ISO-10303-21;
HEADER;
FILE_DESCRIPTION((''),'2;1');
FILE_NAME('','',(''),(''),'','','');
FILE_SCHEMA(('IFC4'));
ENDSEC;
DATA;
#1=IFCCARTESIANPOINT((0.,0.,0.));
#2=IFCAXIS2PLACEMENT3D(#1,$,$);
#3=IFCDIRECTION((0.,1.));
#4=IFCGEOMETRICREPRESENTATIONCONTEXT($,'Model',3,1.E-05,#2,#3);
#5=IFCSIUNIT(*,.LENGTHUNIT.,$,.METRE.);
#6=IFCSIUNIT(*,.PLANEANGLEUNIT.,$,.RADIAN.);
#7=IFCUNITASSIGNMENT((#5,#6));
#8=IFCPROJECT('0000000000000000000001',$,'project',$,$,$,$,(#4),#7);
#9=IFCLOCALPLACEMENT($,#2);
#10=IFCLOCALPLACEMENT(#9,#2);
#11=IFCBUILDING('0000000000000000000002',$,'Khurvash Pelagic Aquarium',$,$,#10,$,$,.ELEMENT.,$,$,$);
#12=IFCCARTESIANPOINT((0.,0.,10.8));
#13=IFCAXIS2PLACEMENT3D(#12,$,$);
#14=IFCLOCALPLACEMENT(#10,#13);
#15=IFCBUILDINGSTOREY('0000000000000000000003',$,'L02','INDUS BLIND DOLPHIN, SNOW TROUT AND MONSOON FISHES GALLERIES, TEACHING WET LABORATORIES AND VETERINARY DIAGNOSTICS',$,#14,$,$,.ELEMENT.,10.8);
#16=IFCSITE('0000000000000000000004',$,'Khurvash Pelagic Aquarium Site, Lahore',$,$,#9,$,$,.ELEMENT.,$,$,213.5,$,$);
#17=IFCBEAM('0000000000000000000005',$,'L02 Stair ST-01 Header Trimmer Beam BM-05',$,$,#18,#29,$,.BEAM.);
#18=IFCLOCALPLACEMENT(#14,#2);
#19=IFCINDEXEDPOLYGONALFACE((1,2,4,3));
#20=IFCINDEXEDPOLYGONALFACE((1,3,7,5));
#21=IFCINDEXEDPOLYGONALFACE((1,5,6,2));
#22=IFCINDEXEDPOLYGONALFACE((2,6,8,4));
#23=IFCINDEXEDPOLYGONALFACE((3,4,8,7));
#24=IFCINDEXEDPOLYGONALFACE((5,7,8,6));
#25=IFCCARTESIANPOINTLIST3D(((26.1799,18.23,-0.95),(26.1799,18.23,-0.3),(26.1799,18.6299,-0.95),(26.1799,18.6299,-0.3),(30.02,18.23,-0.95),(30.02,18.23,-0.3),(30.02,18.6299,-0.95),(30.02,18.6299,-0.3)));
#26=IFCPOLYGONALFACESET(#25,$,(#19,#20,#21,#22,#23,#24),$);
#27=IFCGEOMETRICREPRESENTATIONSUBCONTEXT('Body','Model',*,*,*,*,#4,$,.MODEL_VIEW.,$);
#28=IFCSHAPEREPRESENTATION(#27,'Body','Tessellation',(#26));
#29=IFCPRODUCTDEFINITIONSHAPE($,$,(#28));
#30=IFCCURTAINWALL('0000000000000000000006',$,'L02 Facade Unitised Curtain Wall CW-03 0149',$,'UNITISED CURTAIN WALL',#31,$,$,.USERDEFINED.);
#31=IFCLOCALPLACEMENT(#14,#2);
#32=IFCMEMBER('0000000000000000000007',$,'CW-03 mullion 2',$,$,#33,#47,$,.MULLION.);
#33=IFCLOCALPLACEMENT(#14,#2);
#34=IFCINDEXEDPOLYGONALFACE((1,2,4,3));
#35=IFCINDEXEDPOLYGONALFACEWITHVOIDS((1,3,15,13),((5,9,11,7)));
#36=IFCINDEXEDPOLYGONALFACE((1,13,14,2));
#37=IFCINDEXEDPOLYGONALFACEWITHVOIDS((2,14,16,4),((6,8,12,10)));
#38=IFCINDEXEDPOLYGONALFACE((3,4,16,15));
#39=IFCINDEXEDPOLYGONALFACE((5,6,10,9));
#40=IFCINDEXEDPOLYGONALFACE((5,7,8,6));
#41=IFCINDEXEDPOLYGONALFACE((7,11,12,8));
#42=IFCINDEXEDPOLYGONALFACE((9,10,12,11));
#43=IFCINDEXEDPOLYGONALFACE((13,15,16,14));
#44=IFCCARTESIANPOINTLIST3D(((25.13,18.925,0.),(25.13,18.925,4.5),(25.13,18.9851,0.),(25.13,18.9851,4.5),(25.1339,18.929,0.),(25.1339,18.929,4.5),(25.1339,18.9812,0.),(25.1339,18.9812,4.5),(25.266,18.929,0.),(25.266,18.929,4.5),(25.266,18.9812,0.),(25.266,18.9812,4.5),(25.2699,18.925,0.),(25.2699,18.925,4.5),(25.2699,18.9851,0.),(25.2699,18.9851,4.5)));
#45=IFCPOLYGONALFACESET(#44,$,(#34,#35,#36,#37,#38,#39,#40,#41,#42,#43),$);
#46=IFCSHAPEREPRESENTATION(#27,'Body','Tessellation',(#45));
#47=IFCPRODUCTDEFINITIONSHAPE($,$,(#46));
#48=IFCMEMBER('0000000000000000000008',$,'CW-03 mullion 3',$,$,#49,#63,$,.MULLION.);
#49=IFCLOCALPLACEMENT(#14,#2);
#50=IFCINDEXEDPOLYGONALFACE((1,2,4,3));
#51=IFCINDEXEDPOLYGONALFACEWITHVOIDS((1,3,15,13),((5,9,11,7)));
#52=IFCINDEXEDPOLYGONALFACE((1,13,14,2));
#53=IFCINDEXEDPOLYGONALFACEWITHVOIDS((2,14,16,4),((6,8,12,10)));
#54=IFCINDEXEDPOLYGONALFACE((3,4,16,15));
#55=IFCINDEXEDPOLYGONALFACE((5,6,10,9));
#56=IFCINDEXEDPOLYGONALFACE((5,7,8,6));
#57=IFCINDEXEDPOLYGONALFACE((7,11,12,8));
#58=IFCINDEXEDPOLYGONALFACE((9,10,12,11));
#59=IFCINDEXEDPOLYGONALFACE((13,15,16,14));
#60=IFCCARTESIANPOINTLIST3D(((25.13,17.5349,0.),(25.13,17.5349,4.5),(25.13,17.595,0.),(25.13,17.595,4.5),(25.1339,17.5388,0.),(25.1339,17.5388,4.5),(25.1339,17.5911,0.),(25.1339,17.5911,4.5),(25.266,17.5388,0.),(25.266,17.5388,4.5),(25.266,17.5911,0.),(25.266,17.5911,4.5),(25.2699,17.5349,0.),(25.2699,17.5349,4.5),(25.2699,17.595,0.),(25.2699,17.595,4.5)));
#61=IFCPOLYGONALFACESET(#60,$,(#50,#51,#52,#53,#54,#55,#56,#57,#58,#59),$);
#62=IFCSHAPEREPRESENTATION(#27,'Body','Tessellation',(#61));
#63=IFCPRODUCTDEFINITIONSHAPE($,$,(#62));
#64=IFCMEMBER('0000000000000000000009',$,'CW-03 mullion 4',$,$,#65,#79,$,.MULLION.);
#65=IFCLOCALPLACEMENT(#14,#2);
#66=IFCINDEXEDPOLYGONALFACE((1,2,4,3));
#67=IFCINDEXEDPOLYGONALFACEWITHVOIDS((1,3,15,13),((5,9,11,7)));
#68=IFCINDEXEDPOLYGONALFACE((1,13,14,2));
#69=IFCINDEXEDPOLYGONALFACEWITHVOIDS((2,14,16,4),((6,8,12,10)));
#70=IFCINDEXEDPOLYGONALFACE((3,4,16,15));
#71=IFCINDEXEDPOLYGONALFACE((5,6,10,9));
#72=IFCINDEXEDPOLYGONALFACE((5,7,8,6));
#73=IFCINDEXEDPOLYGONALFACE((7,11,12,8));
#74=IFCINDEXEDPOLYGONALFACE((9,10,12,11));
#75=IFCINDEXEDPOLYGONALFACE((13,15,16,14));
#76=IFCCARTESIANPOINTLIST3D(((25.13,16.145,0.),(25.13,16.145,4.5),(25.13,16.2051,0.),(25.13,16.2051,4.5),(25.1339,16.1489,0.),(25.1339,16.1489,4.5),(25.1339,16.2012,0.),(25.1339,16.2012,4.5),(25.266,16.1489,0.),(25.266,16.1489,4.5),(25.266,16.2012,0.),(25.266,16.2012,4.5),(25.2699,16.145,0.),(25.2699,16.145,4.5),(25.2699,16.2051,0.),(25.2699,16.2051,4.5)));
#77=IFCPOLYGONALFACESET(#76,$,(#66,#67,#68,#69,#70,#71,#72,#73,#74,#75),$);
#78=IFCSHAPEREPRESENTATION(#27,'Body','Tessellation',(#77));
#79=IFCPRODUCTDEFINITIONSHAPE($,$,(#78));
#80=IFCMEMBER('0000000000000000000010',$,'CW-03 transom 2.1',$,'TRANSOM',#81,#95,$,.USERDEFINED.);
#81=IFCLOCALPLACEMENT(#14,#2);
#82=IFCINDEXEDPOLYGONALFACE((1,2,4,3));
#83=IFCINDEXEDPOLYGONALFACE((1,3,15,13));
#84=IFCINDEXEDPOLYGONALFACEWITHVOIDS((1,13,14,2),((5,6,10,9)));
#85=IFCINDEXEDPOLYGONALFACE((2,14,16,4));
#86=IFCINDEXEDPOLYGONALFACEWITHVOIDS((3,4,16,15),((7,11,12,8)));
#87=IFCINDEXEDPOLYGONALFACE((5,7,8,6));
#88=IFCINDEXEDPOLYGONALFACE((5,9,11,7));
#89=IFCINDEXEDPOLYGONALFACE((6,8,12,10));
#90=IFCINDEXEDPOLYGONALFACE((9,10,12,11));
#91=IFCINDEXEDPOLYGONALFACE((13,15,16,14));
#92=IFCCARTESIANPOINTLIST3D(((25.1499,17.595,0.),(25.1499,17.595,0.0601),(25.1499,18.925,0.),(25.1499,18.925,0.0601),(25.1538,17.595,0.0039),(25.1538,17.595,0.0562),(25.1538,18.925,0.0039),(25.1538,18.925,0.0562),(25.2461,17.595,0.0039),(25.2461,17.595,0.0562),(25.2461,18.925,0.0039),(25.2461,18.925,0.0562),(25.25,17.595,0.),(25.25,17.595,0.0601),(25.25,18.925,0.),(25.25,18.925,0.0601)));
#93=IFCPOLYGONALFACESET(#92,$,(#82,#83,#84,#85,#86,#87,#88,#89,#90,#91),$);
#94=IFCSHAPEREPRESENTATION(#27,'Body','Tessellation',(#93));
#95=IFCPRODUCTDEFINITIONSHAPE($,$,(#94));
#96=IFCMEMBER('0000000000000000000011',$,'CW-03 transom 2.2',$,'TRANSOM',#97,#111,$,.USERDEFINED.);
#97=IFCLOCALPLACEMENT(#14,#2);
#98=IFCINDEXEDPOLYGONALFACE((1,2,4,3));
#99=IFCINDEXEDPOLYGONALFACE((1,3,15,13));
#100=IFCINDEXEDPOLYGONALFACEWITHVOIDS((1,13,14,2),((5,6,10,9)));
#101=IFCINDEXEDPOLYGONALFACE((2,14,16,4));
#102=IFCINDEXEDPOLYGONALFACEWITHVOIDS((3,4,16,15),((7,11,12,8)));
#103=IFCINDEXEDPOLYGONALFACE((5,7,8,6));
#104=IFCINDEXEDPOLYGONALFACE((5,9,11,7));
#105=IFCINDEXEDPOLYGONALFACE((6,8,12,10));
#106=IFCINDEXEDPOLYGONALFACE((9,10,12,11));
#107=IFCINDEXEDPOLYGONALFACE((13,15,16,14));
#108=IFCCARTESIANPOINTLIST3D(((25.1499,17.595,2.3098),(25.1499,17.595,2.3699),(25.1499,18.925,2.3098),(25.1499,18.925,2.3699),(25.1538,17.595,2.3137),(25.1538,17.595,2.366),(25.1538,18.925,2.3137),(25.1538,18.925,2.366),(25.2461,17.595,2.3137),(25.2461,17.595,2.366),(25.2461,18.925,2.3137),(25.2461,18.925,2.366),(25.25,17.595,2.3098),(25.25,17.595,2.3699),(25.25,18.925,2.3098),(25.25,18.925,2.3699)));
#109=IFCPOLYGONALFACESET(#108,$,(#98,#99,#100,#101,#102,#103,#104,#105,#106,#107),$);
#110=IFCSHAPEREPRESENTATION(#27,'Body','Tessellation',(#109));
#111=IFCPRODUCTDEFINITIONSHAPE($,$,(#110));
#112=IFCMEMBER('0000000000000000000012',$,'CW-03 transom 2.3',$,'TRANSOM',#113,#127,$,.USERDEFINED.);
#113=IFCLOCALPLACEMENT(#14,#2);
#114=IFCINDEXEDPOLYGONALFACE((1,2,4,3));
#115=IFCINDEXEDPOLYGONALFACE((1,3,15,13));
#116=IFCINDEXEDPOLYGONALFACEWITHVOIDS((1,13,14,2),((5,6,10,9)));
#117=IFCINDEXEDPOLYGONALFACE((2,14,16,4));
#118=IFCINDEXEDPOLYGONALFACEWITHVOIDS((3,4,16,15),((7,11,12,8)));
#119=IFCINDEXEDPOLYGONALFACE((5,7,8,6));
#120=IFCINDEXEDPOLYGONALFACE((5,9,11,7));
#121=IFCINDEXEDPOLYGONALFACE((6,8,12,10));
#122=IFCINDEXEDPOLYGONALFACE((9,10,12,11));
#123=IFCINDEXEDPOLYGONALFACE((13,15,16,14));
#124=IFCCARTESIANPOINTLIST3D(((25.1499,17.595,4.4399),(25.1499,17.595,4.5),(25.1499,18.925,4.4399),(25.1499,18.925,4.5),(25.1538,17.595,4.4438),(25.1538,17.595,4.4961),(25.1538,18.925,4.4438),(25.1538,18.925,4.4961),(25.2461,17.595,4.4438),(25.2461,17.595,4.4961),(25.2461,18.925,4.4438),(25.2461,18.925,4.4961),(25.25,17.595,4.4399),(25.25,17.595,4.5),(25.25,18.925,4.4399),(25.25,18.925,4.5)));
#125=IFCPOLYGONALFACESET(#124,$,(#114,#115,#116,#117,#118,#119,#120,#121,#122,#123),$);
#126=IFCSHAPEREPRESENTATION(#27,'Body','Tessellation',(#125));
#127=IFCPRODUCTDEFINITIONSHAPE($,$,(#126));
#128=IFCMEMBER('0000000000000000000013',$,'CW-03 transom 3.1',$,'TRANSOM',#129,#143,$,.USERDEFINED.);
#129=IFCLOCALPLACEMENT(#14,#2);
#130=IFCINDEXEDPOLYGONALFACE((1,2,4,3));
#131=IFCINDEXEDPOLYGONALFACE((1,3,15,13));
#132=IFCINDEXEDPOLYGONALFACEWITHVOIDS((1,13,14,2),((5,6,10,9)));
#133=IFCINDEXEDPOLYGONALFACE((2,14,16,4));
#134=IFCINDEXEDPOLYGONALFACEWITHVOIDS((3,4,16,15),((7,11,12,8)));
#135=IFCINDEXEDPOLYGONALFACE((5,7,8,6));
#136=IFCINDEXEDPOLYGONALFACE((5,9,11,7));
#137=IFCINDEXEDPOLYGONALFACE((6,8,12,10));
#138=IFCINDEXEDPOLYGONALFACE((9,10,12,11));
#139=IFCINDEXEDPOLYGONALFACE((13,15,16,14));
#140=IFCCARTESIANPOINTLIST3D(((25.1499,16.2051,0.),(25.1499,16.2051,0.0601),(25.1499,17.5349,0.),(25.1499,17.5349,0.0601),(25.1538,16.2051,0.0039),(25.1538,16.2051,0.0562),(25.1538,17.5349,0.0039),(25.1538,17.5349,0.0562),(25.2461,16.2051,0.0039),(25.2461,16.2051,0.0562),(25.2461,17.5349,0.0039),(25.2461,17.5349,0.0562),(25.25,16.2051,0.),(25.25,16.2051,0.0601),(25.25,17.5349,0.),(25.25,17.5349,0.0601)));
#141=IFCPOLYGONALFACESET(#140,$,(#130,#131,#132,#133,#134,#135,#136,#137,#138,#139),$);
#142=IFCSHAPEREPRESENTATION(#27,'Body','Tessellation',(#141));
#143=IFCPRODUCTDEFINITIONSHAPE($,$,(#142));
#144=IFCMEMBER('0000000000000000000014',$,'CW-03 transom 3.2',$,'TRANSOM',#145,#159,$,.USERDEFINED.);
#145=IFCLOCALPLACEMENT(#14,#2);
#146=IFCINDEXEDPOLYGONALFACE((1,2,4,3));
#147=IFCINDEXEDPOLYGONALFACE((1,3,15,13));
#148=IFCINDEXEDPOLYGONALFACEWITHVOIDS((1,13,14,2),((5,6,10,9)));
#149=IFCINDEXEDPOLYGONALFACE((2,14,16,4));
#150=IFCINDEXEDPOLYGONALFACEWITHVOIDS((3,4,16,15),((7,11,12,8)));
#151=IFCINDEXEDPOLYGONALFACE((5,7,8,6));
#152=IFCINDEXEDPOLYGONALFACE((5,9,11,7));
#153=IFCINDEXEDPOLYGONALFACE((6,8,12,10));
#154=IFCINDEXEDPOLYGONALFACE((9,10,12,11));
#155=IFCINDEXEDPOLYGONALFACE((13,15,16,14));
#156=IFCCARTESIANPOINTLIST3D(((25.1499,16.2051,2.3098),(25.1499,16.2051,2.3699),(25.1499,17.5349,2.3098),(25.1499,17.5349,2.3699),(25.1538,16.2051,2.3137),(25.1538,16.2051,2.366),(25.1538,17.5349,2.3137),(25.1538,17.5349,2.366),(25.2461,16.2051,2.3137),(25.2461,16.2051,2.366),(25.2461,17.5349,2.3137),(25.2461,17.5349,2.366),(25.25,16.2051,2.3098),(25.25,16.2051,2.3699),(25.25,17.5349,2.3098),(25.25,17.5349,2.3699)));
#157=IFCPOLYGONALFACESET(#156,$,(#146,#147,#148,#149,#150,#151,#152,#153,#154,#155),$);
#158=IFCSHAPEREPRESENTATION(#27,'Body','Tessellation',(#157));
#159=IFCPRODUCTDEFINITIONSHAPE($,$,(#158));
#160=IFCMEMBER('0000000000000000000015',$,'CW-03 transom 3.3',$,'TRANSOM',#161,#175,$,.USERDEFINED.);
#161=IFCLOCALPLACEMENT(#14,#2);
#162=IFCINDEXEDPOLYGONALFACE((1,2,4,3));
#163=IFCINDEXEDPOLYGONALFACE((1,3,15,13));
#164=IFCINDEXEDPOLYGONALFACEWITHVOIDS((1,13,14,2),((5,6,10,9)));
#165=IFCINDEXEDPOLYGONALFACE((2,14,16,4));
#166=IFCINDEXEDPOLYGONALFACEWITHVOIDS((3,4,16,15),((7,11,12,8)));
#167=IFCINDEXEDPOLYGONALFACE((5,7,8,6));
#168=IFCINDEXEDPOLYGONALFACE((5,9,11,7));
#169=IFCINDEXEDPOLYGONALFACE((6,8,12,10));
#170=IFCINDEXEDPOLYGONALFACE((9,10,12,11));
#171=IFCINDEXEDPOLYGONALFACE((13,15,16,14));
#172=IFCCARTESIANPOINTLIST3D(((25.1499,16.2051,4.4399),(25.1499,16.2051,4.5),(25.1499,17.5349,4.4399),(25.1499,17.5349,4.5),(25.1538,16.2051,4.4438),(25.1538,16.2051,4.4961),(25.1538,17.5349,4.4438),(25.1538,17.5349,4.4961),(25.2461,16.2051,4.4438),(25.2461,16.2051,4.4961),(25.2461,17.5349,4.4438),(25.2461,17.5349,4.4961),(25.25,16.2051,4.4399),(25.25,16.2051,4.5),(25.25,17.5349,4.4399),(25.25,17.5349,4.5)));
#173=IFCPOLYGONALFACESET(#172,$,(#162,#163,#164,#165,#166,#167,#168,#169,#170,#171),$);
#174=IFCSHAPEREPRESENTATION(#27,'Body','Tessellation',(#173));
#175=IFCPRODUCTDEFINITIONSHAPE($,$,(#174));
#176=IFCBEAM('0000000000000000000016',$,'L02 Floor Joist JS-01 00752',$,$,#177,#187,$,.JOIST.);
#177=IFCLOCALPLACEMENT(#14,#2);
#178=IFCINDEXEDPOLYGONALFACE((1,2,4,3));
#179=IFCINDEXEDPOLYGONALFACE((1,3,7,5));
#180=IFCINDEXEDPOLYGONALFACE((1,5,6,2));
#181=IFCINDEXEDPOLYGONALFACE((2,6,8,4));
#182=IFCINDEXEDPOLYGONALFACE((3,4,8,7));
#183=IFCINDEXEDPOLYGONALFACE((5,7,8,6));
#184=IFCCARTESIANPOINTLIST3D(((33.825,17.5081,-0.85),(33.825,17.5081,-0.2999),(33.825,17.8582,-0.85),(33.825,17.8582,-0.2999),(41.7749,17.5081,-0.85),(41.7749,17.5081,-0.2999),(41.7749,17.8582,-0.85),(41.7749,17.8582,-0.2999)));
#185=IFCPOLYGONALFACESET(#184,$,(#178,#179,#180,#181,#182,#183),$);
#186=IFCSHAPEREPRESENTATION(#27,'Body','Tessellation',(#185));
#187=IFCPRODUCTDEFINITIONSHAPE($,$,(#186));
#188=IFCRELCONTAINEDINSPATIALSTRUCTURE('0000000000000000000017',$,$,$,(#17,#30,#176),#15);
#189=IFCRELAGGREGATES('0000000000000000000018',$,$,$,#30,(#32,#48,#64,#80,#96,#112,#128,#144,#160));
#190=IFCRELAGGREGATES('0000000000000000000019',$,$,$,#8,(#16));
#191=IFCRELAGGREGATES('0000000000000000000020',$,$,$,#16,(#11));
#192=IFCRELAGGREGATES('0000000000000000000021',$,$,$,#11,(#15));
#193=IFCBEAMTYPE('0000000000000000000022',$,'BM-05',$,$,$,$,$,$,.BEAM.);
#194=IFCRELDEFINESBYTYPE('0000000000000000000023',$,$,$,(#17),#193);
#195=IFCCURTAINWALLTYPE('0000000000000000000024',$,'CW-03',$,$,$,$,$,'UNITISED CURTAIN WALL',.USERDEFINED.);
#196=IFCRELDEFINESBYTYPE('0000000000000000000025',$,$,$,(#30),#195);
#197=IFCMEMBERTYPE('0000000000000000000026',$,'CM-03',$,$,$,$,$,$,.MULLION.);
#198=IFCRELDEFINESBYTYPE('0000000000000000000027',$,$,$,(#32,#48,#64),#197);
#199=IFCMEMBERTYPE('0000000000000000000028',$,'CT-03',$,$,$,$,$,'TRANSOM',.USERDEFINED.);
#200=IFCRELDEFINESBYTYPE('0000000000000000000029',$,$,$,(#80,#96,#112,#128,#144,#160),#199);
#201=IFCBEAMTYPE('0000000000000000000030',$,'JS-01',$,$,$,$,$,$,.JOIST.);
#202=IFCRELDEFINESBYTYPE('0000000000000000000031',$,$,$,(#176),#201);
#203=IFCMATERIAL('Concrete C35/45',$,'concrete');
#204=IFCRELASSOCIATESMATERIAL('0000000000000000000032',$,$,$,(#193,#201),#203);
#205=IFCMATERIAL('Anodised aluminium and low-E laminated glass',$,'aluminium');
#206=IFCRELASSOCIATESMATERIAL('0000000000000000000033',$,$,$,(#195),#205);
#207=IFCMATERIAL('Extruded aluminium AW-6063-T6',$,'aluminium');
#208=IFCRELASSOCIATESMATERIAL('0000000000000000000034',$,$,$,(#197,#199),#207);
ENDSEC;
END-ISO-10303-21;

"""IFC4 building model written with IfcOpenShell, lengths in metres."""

from ifc_helpers import new_model, si_unit, direction, frame, origin, origin_2d, place, context, subcontext, project, spatial, rectangle, hollow_rectangle, extrude, material, material_profile, profile_set, type_object, element, aggregate, save


model = new_model("IFC4")

# Units and contexts
model_context = context("Model", 3, precision=1e-05, world=origin(), true_north=direction((0.0, 1.0)))
body_context = subcontext(model_context, "Body", "Model", "MODEL_VIEW")
ifc_project = project(units=[si_unit("LENGTHUNIT", "METRE"), si_unit("PLANEANGLEUNIT", "RADIAN")], contexts=[model_context])

# Site, building, storey
site_placement = place(None, origin())
site = spatial("IfcSite", under=ifc_project, at=site_placement, Name="Khurvash Pelagic Aquarium Site, Lahore", CompositionType="ELEMENT", RefElevation=213.5)
building_placement = place(site_placement, origin())
building = spatial("IfcBuilding", under=site, at=building_placement, Name="Khurvash Pelagic Aquarium", CompositionType="ELEMENT")
storey_placement = place(building_placement, frame((0.0, 0.0, 10.8)))
storey = spatial("IfcBuildingStorey", under=building, at=storey_placement, Name="L02", Description="INDUS BLIND DOLPHIN, SNOW TROUT AND MONSOON FISHES GALLERIES, TEACHING WET LABORATORIES AND VETERINARY DIAGNOSTICS", CompositionType="ELEMENT", Elevation=10.8)

# Beam
ifc_material_1 = material(Name="Concrete C35/45", Category="concrete")
ifc_material_profile_1 = material_profile(ifc_material_1, rectangle(XDim=0.3999, YDim=0.6499, at=origin_2d()), Name="RC400X650")
ifc_profile_set_1 = profile_set([ifc_material_profile_1], Name="Concrete C35/45")
beam_type_1 = type_object("IfcBeamType", Name="BM-05", PredefinedType="BEAM", material=ifc_profile_set_1)
beam_1_placement = place(storey_placement, frame((26.1799, 18.4299, -0.625), z_axis=(1.0, 0.0, 0.0), x_axis=(0.0, 1.0, 0.0)))
element("IfcBeam", 1, at=beam_1_placement, inside=storey, type_object=beam_type_1, Name="L02 Stair ST-01 Header Trimmer Beam BM-05", PredefinedType="BEAM", context=body_context, shape_type="SweptSolid", body=[
    extrude(rectangle(XDim=0.3999, YDim=0.6499, at=origin_2d()), origin(), (0.0, 0.0, 1.0), 3.8401),
])

# Curtain wall, members
ifc_material_2 = material(Name="Anodised aluminium and low-E laminated glass", Category="aluminium")
curtain_wall_type = type_object("IfcCurtainWallType", Name="CW-03", ElementType="UNITISED CURTAIN WALL", PredefinedType="USERDEFINED", material=ifc_material_2)
curtain_wall_placement = place(storey_placement, origin())
curtain_wall = element("IfcCurtainWall", 2, at=curtain_wall_placement, inside=storey, type_object=curtain_wall_type, Name="L02 Facade Unitised Curtain Wall CW-03 0149", ObjectType="UNITISED CURTAIN WALL", PredefinedType="USERDEFINED")
ifc_material_3 = material(Name="Extruded aluminium AW-6063-T6", Category="aluminium")
ifc_material_profile_2 = material_profile(ifc_material_3, hollow_rectangle(XDim=0.0601, YDim=0.1399, WallThickness=0.0039, at=origin_2d()), Name="CWM60X140X4")
ifc_profile_set_2 = profile_set([ifc_material_profile_2], Name="Extruded aluminium AW-6063-T6")
member_type_1 = type_object("IfcMemberType", Name="CM-03", PredefinedType="MULLION", material=ifc_profile_set_2)
member_1_placement = place(storey_placement, frame((25.2, 18.9551, 0.0), z_axis=(0.0, 0.0, 1.0), x_axis=(0.0, -1.0, 0.0)))
member_1 = element("IfcMember", 3, at=member_1_placement, type_object=member_type_1, Name="CW-03 mullion 2", PredefinedType="MULLION", context=body_context, shape_type="SweptSolid", body=[
    extrude(hollow_rectangle(XDim=0.0601, YDim=0.1399, WallThickness=0.0039, at=origin_2d()), origin(), (0.0, 0.0, 1.0), 4.5),
])
member_2_placement = place(storey_placement, frame((25.2, 17.5649, 0.0), z_axis=(0.0, 0.0, 1.0), x_axis=(0.0, -1.0, 0.0)))
member_2 = element("IfcMember", 4, at=member_2_placement, type_object=member_type_1, Name="CW-03 mullion 3", PredefinedType="MULLION", context=body_context, shape_type="SweptSolid", body=[
    extrude(hollow_rectangle(XDim=0.0601, YDim=0.1399, WallThickness=0.0039, at=origin_2d()), origin(), (0.0, 0.0, 1.0), 4.5),
])
member_3_placement = place(storey_placement, frame((25.2, 16.175, 0.0), z_axis=(0.0, 0.0, 1.0), x_axis=(0.0, -1.0, 0.0)))
member_3 = element("IfcMember", 5, at=member_3_placement, type_object=member_type_1, Name="CW-03 mullion 4", PredefinedType="MULLION", context=body_context, shape_type="SweptSolid", body=[
    extrude(hollow_rectangle(XDim=0.0601, YDim=0.1399, WallThickness=0.0039, at=origin_2d()), origin(), (0.0, 0.0, 1.0), 4.5),
])
ifc_material_profile_3 = material_profile(ifc_material_3, hollow_rectangle(XDim=0.1001, YDim=0.0601, WallThickness=0.0039, at=origin_2d()), Name="CWT100X60X4")
ifc_profile_set_3 = profile_set([ifc_material_profile_3], Name="Extruded aluminium AW-6063-T6")
member_type_2 = type_object("IfcMemberType", Name="CT-03", ElementType="TRANSOM", PredefinedType="USERDEFINED", material=ifc_profile_set_3)
member_4_placement = place(storey_placement, frame((25.2, 18.925, 0.03), z_axis=(0.0, -1.0, 0.0), x_axis=(1.0, 0.0, 0.0)))
member_4 = element("IfcMember", 6, at=member_4_placement, type_object=member_type_2, Name="CW-03 transom 2.1", ObjectType="TRANSOM", PredefinedType="USERDEFINED", context=body_context, shape_type="SweptSolid", body=[
    extrude(hollow_rectangle(XDim=0.1001, YDim=0.0601, WallThickness=0.0039, at=origin_2d()), origin(), (0.0, 0.0, 1.0), 1.3301),
])
member_5_placement = place(storey_placement, frame((25.2, 18.925, 2.3398), z_axis=(0.0, -1.0, 0.0), x_axis=(1.0, 0.0, 0.0)))
member_5 = element("IfcMember", 7, at=member_5_placement, type_object=member_type_2, Name="CW-03 transom 2.2", ObjectType="TRANSOM", PredefinedType="USERDEFINED", context=body_context, shape_type="SweptSolid", body=[
    extrude(hollow_rectangle(XDim=0.1001, YDim=0.0601, WallThickness=0.0039, at=origin_2d()), origin(), (0.0, 0.0, 1.0), 1.3301),
])
member_6_placement = place(storey_placement, frame((25.2, 18.925, 4.47), z_axis=(0.0, -1.0, 0.0), x_axis=(1.0, 0.0, 0.0)))
member_6 = element("IfcMember", 8, at=member_6_placement, type_object=member_type_2, Name="CW-03 transom 2.3", ObjectType="TRANSOM", PredefinedType="USERDEFINED", context=body_context, shape_type="SweptSolid", body=[
    extrude(hollow_rectangle(XDim=0.1001, YDim=0.0601, WallThickness=0.0039, at=origin_2d()), origin(), (0.0, 0.0, 1.0), 1.3301),
])
member_7_placement = place(storey_placement, frame((25.2, 17.5349, 0.03), z_axis=(0.0, -1.0, 0.0), x_axis=(1.0, 0.0, 0.0)))
member_7 = element("IfcMember", 9, at=member_7_placement, type_object=member_type_2, Name="CW-03 transom 3.1", ObjectType="TRANSOM", PredefinedType="USERDEFINED", context=body_context, shape_type="SweptSolid", body=[
    extrude(hollow_rectangle(XDim=0.1001, YDim=0.0601, WallThickness=0.0039, at=origin_2d()), origin(), (0.0, 0.0, 1.0), 1.3298),
])
member_8_placement = place(storey_placement, frame((25.2, 17.5349, 2.3398), z_axis=(0.0, -1.0, 0.0), x_axis=(1.0, 0.0, 0.0)))
member_8 = element("IfcMember", 10, at=member_8_placement, type_object=member_type_2, Name="CW-03 transom 3.2", ObjectType="TRANSOM", PredefinedType="USERDEFINED", context=body_context, shape_type="SweptSolid", body=[
    extrude(hollow_rectangle(XDim=0.1001, YDim=0.0601, WallThickness=0.0039, at=origin_2d()), origin(), (0.0, 0.0, 1.0), 1.3298),
])
member_9_placement = place(storey_placement, frame((25.2, 17.5349, 4.47), z_axis=(0.0, -1.0, 0.0), x_axis=(1.0, 0.0, 0.0)))
member_9 = element("IfcMember", 11, at=member_9_placement, type_object=member_type_2, Name="CW-03 transom 3.3", ObjectType="TRANSOM", PredefinedType="USERDEFINED", context=body_context, shape_type="SweptSolid", body=[
    extrude(hollow_rectangle(XDim=0.1001, YDim=0.0601, WallThickness=0.0039, at=origin_2d()), origin(), (0.0, 0.0, 1.0), 1.3298),
])

# Beam
ifc_material_profile_4 = material_profile(ifc_material_1, rectangle(XDim=0.3501, YDim=0.55, at=origin_2d()), Name="RC350X550")
ifc_profile_set_4 = profile_set([ifc_material_profile_4], Name="Concrete C35/45")
beam_type_2 = type_object("IfcBeamType", Name="JS-01", PredefinedType="JOIST", material=ifc_profile_set_4)
beam_2_placement = place(storey_placement, frame((33.825, 17.6831, -0.575), z_axis=(1.0, 0.0, 0.0), x_axis=(0.0, 1.0, 0.0)))
element("IfcBeam", 12, at=beam_2_placement, inside=storey, type_object=beam_type_2, Name="L02 Floor Joist JS-01 00752", PredefinedType="JOIST", context=body_context, shape_type="SweptSolid", body=[
    extrude(rectangle(XDim=0.3501, YDim=0.55, at=origin_2d()), origin(), (0.0, 0.0, 1.0), 7.95),
])

aggregate(curtain_wall, [member_1, member_2, member_3, member_4, member_5, member_6, member_7, member_8, member_9])

save(model, "model.ifc")
